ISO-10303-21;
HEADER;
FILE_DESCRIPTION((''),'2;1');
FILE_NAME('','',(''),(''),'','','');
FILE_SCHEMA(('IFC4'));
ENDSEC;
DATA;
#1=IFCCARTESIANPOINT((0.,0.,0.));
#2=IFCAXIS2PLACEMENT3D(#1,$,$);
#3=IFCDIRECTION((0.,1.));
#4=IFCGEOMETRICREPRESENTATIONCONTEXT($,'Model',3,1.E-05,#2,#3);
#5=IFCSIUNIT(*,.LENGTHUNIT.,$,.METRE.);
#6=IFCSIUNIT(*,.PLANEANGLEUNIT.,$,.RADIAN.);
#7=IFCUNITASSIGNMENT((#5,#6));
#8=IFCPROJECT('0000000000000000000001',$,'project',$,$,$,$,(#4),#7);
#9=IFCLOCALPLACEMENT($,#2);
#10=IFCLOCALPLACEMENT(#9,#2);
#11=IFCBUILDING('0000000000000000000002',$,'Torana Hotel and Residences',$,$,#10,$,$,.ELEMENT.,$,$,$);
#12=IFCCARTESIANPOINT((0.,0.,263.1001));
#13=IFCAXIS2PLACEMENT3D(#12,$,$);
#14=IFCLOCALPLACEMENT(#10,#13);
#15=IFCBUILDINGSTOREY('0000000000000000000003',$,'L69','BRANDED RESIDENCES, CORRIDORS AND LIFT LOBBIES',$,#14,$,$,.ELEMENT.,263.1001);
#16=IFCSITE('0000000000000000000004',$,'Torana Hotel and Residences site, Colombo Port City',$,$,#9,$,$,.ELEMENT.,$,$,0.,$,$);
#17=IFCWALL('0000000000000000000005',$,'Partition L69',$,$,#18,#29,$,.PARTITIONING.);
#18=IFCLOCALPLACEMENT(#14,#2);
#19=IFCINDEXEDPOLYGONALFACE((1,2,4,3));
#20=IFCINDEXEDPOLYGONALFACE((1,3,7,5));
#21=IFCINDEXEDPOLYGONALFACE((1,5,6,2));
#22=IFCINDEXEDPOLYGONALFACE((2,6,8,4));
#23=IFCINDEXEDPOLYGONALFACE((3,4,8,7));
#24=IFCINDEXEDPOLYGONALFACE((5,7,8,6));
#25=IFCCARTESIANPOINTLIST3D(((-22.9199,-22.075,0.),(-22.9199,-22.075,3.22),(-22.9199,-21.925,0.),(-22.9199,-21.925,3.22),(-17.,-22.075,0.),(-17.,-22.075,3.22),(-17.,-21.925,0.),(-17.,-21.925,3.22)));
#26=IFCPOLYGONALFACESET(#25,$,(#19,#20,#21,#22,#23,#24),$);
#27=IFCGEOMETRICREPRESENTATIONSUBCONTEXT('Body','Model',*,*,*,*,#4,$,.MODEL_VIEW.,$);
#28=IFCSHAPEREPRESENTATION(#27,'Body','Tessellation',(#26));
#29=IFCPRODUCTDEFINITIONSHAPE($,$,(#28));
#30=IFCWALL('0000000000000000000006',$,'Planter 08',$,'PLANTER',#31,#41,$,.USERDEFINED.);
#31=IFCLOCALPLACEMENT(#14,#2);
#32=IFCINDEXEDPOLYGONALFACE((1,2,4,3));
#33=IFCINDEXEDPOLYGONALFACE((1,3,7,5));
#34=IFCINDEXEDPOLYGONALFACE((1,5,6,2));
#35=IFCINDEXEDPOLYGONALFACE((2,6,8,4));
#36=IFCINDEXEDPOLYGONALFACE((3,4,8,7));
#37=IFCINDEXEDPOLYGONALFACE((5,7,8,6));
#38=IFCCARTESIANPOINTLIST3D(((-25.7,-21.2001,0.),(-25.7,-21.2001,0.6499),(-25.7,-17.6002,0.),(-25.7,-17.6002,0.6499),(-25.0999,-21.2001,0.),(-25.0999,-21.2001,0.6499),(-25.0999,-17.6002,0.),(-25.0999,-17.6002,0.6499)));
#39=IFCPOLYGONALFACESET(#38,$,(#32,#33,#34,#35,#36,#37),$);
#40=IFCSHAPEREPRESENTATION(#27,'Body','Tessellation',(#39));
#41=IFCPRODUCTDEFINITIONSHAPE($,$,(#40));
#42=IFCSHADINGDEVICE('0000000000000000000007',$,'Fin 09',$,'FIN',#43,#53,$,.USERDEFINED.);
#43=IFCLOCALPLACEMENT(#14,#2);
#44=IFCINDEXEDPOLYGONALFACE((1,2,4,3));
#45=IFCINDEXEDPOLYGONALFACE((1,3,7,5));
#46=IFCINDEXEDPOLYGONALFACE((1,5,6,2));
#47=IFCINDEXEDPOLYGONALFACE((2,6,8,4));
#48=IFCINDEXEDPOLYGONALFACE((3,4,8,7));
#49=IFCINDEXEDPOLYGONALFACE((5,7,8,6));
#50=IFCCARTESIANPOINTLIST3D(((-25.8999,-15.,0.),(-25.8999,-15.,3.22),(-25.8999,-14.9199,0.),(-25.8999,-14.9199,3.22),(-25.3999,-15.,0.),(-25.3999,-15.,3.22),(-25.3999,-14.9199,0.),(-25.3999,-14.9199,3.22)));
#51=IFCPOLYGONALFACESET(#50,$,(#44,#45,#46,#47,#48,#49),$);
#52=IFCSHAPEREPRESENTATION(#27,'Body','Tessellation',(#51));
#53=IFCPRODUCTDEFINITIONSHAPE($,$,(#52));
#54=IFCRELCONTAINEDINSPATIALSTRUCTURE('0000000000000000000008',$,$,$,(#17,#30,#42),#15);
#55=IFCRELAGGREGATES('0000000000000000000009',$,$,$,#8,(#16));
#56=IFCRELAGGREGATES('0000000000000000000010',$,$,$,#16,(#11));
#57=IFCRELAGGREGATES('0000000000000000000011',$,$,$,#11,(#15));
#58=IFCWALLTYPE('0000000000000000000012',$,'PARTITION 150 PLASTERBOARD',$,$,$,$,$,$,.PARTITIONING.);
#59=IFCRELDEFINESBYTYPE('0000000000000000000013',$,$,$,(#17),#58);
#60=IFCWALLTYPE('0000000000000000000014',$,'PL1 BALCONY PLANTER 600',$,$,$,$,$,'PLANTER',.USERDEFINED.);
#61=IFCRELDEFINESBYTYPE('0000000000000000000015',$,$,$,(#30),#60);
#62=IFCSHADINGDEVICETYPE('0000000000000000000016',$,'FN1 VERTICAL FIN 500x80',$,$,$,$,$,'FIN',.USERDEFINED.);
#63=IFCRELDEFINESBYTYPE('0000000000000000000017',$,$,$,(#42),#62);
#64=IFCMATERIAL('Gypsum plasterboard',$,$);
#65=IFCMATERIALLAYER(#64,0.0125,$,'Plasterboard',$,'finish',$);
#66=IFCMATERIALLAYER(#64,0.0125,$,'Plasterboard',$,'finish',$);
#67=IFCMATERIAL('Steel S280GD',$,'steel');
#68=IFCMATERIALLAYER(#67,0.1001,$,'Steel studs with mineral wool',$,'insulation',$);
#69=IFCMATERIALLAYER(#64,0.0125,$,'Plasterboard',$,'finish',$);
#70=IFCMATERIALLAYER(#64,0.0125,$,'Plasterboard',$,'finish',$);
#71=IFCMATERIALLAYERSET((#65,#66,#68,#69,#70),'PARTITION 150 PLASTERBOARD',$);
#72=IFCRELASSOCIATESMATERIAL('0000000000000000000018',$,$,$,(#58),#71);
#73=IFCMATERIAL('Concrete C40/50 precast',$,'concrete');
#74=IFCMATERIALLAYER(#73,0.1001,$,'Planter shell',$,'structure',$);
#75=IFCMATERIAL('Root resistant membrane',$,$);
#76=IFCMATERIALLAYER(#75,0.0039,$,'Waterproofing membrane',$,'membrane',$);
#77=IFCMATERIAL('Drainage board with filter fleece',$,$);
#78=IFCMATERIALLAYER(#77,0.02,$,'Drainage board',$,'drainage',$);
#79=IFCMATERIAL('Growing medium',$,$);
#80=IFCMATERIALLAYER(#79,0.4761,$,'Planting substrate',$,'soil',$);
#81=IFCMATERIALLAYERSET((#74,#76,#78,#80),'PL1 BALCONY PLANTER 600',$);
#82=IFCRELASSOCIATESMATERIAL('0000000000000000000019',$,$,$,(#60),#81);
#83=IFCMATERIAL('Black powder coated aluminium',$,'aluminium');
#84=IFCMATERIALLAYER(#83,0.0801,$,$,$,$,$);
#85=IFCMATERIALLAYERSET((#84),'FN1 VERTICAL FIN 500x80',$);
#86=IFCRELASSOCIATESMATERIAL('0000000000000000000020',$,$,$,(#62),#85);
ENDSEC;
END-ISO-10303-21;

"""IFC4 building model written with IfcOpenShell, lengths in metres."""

from ifc_helpers import new_model, si_unit, direction, frame, frame_2d, origin, origin_2d, place, context, subcontext, project, spatial, rectangle, extrude, material, layer, layer_set, type_object, element, save


model = new_model("IFC4")

# Units and contexts
model_context = context("Model", 3, precision=1e-05, world=origin(), true_north=direction((0.0, 1.0)))
body_context = subcontext(model_context, "Body", "Model", "MODEL_VIEW")
ifc_project = project(units=[si_unit("LENGTHUNIT", "METRE"), si_unit("PLANEANGLEUNIT", "RADIAN")], contexts=[model_context])

# Site, building, storey
site_placement = place(None, origin())
site = spatial("IfcSite", under=ifc_project, at=site_placement, Name="Torana Hotel and Residences site, Colombo Port City", CompositionType="ELEMENT", RefElevation=0.0)
building_placement = place(site_placement, origin())
building = spatial("IfcBuilding", under=site, at=building_placement, Name="Torana Hotel and Residences", CompositionType="ELEMENT")
storey_placement = place(building_placement, frame((0.0, 0.0, 263.1001)))
storey = spatial("IfcBuildingStorey", under=building, at=storey_placement, Name="L69", Description="BRANDED RESIDENCES, CORRIDORS AND LIFT LOBBIES", CompositionType="ELEMENT", Elevation=263.1001)

# Walls
ifc_material_1 = material(Name="Gypsum plasterboard")
ifc_layer_1 = layer(ifc_material_1, 0.0125, Name="Plasterboard", Category="finish")
ifc_layer_2 = layer(ifc_material_1, 0.0125, Name="Plasterboard", Category="finish")
ifc_material_2 = material(Name="Steel S280GD", Category="steel")
ifc_layer_3 = layer(ifc_material_2, 0.1001, Name="Steel studs with mineral wool", Category="insulation")
ifc_layer_4 = layer(ifc_material_1, 0.0125, Name="Plasterboard", Category="finish")
ifc_layer_5 = layer(ifc_material_1, 0.0125, Name="Plasterboard", Category="finish")
ifc_layer_set_1 = layer_set([ifc_layer_1, ifc_layer_2, ifc_layer_3, ifc_layer_4, ifc_layer_5], Name="PARTITION 150 PLASTERBOARD")
wall_type_1 = type_object("IfcWallType", Name="PARTITION 150 PLASTERBOARD", PredefinedType="PARTITIONING", material=ifc_layer_set_1)
wall_1_placement = place(storey_placement, frame((-22.9199, -22.0, 0.0), z_axis=(0.0, 0.0, 1.0), x_axis=(1.0, 0.0, 0.0)))
element("IfcWall", 1, at=wall_1_placement, inside=storey, type_object=wall_type_1, Name="Partition L69", PredefinedType="PARTITIONING", context=body_context, shape_type="SweptSolid", body=[
    extrude(rectangle(XDim=5.9199, YDim=0.1499, at=frame_2d((2.96, 0.0))), origin(), (0.0, 0.0, 1.0), 3.22),
])
ifc_material_3 = material(Name="Concrete C40/50 precast", Category="concrete")
ifc_layer_6 = layer(ifc_material_3, 0.1001, Name="Planter shell", Category="structure")
ifc_material_4 = material(Name="Root resistant membrane")
ifc_layer_7 = layer(ifc_material_4, 0.0039, Name="Waterproofing membrane", Category="membrane")
ifc_material_5 = material(Name="Drainage board with filter fleece")
ifc_layer_8 = layer(ifc_material_5, 0.02, Name="Drainage board", Category="drainage")
ifc_material_6 = material(Name="Growing medium")
ifc_layer_9 = layer(ifc_material_6, 0.4761, Name="Planting substrate", Category="soil")
ifc_layer_set_2 = layer_set([ifc_layer_6, ifc_layer_7, ifc_layer_8, ifc_layer_9], Name="PL1 BALCONY PLANTER 600")
wall_type_2 = type_object("IfcWallType", Name="PL1 BALCONY PLANTER 600", ElementType="PLANTER", PredefinedType="USERDEFINED", material=ifc_layer_set_2)
wall_2_placement = place(storey_placement, frame((-25.3999, -21.2, 0.0), z_axis=(0.0, 0.0, 1.0), x_axis=(0.0, 1.0, 0.0)))
element("IfcWall", 2, at=wall_2_placement, inside=storey, type_object=wall_type_2, Name="Planter 08", ObjectType="PLANTER", PredefinedType="USERDEFINED", context=body_context, shape_type="SweptSolid", body=[
    extrude(rectangle(XDim=3.5999, YDim=0.6001, at=frame_2d((1.7998, 0.0))), origin(), (0.0, 0.0, 1.0), 0.6499),
])

# Shading device
ifc_material_7 = material(Name="Black powder coated aluminium", Category="aluminium")
ifc_layer_10 = layer(ifc_material_7, 0.0801)
ifc_layer_set_3 = layer_set([ifc_layer_10], Name="FN1 VERTICAL FIN 500x80")
shading_device_type = type_object("IfcShadingDeviceType", Name="FN1 VERTICAL FIN 500x80", ElementType="FIN", PredefinedType="USERDEFINED", material=ifc_layer_set_3)
shading_device_placement = place(storey_placement, frame((-25.6499, -14.96, 0.0), z_axis=(0.0, 0.0, 1.0), x_axis=(0.0, 1.0, 0.0)))
element("IfcShadingDevice", 3, at=shading_device_placement, inside=storey, type_object=shading_device_type, Name="Fin 09", ObjectType="FIN", PredefinedType="USERDEFINED", context=body_context, shape_type="SweptSolid", body=[
    extrude(rectangle(XDim=0.0801, YDim=0.5, at=origin_2d()), origin(), (0.0, 0.0, 1.0), 3.22),
])

save(model, "model.ifc")
